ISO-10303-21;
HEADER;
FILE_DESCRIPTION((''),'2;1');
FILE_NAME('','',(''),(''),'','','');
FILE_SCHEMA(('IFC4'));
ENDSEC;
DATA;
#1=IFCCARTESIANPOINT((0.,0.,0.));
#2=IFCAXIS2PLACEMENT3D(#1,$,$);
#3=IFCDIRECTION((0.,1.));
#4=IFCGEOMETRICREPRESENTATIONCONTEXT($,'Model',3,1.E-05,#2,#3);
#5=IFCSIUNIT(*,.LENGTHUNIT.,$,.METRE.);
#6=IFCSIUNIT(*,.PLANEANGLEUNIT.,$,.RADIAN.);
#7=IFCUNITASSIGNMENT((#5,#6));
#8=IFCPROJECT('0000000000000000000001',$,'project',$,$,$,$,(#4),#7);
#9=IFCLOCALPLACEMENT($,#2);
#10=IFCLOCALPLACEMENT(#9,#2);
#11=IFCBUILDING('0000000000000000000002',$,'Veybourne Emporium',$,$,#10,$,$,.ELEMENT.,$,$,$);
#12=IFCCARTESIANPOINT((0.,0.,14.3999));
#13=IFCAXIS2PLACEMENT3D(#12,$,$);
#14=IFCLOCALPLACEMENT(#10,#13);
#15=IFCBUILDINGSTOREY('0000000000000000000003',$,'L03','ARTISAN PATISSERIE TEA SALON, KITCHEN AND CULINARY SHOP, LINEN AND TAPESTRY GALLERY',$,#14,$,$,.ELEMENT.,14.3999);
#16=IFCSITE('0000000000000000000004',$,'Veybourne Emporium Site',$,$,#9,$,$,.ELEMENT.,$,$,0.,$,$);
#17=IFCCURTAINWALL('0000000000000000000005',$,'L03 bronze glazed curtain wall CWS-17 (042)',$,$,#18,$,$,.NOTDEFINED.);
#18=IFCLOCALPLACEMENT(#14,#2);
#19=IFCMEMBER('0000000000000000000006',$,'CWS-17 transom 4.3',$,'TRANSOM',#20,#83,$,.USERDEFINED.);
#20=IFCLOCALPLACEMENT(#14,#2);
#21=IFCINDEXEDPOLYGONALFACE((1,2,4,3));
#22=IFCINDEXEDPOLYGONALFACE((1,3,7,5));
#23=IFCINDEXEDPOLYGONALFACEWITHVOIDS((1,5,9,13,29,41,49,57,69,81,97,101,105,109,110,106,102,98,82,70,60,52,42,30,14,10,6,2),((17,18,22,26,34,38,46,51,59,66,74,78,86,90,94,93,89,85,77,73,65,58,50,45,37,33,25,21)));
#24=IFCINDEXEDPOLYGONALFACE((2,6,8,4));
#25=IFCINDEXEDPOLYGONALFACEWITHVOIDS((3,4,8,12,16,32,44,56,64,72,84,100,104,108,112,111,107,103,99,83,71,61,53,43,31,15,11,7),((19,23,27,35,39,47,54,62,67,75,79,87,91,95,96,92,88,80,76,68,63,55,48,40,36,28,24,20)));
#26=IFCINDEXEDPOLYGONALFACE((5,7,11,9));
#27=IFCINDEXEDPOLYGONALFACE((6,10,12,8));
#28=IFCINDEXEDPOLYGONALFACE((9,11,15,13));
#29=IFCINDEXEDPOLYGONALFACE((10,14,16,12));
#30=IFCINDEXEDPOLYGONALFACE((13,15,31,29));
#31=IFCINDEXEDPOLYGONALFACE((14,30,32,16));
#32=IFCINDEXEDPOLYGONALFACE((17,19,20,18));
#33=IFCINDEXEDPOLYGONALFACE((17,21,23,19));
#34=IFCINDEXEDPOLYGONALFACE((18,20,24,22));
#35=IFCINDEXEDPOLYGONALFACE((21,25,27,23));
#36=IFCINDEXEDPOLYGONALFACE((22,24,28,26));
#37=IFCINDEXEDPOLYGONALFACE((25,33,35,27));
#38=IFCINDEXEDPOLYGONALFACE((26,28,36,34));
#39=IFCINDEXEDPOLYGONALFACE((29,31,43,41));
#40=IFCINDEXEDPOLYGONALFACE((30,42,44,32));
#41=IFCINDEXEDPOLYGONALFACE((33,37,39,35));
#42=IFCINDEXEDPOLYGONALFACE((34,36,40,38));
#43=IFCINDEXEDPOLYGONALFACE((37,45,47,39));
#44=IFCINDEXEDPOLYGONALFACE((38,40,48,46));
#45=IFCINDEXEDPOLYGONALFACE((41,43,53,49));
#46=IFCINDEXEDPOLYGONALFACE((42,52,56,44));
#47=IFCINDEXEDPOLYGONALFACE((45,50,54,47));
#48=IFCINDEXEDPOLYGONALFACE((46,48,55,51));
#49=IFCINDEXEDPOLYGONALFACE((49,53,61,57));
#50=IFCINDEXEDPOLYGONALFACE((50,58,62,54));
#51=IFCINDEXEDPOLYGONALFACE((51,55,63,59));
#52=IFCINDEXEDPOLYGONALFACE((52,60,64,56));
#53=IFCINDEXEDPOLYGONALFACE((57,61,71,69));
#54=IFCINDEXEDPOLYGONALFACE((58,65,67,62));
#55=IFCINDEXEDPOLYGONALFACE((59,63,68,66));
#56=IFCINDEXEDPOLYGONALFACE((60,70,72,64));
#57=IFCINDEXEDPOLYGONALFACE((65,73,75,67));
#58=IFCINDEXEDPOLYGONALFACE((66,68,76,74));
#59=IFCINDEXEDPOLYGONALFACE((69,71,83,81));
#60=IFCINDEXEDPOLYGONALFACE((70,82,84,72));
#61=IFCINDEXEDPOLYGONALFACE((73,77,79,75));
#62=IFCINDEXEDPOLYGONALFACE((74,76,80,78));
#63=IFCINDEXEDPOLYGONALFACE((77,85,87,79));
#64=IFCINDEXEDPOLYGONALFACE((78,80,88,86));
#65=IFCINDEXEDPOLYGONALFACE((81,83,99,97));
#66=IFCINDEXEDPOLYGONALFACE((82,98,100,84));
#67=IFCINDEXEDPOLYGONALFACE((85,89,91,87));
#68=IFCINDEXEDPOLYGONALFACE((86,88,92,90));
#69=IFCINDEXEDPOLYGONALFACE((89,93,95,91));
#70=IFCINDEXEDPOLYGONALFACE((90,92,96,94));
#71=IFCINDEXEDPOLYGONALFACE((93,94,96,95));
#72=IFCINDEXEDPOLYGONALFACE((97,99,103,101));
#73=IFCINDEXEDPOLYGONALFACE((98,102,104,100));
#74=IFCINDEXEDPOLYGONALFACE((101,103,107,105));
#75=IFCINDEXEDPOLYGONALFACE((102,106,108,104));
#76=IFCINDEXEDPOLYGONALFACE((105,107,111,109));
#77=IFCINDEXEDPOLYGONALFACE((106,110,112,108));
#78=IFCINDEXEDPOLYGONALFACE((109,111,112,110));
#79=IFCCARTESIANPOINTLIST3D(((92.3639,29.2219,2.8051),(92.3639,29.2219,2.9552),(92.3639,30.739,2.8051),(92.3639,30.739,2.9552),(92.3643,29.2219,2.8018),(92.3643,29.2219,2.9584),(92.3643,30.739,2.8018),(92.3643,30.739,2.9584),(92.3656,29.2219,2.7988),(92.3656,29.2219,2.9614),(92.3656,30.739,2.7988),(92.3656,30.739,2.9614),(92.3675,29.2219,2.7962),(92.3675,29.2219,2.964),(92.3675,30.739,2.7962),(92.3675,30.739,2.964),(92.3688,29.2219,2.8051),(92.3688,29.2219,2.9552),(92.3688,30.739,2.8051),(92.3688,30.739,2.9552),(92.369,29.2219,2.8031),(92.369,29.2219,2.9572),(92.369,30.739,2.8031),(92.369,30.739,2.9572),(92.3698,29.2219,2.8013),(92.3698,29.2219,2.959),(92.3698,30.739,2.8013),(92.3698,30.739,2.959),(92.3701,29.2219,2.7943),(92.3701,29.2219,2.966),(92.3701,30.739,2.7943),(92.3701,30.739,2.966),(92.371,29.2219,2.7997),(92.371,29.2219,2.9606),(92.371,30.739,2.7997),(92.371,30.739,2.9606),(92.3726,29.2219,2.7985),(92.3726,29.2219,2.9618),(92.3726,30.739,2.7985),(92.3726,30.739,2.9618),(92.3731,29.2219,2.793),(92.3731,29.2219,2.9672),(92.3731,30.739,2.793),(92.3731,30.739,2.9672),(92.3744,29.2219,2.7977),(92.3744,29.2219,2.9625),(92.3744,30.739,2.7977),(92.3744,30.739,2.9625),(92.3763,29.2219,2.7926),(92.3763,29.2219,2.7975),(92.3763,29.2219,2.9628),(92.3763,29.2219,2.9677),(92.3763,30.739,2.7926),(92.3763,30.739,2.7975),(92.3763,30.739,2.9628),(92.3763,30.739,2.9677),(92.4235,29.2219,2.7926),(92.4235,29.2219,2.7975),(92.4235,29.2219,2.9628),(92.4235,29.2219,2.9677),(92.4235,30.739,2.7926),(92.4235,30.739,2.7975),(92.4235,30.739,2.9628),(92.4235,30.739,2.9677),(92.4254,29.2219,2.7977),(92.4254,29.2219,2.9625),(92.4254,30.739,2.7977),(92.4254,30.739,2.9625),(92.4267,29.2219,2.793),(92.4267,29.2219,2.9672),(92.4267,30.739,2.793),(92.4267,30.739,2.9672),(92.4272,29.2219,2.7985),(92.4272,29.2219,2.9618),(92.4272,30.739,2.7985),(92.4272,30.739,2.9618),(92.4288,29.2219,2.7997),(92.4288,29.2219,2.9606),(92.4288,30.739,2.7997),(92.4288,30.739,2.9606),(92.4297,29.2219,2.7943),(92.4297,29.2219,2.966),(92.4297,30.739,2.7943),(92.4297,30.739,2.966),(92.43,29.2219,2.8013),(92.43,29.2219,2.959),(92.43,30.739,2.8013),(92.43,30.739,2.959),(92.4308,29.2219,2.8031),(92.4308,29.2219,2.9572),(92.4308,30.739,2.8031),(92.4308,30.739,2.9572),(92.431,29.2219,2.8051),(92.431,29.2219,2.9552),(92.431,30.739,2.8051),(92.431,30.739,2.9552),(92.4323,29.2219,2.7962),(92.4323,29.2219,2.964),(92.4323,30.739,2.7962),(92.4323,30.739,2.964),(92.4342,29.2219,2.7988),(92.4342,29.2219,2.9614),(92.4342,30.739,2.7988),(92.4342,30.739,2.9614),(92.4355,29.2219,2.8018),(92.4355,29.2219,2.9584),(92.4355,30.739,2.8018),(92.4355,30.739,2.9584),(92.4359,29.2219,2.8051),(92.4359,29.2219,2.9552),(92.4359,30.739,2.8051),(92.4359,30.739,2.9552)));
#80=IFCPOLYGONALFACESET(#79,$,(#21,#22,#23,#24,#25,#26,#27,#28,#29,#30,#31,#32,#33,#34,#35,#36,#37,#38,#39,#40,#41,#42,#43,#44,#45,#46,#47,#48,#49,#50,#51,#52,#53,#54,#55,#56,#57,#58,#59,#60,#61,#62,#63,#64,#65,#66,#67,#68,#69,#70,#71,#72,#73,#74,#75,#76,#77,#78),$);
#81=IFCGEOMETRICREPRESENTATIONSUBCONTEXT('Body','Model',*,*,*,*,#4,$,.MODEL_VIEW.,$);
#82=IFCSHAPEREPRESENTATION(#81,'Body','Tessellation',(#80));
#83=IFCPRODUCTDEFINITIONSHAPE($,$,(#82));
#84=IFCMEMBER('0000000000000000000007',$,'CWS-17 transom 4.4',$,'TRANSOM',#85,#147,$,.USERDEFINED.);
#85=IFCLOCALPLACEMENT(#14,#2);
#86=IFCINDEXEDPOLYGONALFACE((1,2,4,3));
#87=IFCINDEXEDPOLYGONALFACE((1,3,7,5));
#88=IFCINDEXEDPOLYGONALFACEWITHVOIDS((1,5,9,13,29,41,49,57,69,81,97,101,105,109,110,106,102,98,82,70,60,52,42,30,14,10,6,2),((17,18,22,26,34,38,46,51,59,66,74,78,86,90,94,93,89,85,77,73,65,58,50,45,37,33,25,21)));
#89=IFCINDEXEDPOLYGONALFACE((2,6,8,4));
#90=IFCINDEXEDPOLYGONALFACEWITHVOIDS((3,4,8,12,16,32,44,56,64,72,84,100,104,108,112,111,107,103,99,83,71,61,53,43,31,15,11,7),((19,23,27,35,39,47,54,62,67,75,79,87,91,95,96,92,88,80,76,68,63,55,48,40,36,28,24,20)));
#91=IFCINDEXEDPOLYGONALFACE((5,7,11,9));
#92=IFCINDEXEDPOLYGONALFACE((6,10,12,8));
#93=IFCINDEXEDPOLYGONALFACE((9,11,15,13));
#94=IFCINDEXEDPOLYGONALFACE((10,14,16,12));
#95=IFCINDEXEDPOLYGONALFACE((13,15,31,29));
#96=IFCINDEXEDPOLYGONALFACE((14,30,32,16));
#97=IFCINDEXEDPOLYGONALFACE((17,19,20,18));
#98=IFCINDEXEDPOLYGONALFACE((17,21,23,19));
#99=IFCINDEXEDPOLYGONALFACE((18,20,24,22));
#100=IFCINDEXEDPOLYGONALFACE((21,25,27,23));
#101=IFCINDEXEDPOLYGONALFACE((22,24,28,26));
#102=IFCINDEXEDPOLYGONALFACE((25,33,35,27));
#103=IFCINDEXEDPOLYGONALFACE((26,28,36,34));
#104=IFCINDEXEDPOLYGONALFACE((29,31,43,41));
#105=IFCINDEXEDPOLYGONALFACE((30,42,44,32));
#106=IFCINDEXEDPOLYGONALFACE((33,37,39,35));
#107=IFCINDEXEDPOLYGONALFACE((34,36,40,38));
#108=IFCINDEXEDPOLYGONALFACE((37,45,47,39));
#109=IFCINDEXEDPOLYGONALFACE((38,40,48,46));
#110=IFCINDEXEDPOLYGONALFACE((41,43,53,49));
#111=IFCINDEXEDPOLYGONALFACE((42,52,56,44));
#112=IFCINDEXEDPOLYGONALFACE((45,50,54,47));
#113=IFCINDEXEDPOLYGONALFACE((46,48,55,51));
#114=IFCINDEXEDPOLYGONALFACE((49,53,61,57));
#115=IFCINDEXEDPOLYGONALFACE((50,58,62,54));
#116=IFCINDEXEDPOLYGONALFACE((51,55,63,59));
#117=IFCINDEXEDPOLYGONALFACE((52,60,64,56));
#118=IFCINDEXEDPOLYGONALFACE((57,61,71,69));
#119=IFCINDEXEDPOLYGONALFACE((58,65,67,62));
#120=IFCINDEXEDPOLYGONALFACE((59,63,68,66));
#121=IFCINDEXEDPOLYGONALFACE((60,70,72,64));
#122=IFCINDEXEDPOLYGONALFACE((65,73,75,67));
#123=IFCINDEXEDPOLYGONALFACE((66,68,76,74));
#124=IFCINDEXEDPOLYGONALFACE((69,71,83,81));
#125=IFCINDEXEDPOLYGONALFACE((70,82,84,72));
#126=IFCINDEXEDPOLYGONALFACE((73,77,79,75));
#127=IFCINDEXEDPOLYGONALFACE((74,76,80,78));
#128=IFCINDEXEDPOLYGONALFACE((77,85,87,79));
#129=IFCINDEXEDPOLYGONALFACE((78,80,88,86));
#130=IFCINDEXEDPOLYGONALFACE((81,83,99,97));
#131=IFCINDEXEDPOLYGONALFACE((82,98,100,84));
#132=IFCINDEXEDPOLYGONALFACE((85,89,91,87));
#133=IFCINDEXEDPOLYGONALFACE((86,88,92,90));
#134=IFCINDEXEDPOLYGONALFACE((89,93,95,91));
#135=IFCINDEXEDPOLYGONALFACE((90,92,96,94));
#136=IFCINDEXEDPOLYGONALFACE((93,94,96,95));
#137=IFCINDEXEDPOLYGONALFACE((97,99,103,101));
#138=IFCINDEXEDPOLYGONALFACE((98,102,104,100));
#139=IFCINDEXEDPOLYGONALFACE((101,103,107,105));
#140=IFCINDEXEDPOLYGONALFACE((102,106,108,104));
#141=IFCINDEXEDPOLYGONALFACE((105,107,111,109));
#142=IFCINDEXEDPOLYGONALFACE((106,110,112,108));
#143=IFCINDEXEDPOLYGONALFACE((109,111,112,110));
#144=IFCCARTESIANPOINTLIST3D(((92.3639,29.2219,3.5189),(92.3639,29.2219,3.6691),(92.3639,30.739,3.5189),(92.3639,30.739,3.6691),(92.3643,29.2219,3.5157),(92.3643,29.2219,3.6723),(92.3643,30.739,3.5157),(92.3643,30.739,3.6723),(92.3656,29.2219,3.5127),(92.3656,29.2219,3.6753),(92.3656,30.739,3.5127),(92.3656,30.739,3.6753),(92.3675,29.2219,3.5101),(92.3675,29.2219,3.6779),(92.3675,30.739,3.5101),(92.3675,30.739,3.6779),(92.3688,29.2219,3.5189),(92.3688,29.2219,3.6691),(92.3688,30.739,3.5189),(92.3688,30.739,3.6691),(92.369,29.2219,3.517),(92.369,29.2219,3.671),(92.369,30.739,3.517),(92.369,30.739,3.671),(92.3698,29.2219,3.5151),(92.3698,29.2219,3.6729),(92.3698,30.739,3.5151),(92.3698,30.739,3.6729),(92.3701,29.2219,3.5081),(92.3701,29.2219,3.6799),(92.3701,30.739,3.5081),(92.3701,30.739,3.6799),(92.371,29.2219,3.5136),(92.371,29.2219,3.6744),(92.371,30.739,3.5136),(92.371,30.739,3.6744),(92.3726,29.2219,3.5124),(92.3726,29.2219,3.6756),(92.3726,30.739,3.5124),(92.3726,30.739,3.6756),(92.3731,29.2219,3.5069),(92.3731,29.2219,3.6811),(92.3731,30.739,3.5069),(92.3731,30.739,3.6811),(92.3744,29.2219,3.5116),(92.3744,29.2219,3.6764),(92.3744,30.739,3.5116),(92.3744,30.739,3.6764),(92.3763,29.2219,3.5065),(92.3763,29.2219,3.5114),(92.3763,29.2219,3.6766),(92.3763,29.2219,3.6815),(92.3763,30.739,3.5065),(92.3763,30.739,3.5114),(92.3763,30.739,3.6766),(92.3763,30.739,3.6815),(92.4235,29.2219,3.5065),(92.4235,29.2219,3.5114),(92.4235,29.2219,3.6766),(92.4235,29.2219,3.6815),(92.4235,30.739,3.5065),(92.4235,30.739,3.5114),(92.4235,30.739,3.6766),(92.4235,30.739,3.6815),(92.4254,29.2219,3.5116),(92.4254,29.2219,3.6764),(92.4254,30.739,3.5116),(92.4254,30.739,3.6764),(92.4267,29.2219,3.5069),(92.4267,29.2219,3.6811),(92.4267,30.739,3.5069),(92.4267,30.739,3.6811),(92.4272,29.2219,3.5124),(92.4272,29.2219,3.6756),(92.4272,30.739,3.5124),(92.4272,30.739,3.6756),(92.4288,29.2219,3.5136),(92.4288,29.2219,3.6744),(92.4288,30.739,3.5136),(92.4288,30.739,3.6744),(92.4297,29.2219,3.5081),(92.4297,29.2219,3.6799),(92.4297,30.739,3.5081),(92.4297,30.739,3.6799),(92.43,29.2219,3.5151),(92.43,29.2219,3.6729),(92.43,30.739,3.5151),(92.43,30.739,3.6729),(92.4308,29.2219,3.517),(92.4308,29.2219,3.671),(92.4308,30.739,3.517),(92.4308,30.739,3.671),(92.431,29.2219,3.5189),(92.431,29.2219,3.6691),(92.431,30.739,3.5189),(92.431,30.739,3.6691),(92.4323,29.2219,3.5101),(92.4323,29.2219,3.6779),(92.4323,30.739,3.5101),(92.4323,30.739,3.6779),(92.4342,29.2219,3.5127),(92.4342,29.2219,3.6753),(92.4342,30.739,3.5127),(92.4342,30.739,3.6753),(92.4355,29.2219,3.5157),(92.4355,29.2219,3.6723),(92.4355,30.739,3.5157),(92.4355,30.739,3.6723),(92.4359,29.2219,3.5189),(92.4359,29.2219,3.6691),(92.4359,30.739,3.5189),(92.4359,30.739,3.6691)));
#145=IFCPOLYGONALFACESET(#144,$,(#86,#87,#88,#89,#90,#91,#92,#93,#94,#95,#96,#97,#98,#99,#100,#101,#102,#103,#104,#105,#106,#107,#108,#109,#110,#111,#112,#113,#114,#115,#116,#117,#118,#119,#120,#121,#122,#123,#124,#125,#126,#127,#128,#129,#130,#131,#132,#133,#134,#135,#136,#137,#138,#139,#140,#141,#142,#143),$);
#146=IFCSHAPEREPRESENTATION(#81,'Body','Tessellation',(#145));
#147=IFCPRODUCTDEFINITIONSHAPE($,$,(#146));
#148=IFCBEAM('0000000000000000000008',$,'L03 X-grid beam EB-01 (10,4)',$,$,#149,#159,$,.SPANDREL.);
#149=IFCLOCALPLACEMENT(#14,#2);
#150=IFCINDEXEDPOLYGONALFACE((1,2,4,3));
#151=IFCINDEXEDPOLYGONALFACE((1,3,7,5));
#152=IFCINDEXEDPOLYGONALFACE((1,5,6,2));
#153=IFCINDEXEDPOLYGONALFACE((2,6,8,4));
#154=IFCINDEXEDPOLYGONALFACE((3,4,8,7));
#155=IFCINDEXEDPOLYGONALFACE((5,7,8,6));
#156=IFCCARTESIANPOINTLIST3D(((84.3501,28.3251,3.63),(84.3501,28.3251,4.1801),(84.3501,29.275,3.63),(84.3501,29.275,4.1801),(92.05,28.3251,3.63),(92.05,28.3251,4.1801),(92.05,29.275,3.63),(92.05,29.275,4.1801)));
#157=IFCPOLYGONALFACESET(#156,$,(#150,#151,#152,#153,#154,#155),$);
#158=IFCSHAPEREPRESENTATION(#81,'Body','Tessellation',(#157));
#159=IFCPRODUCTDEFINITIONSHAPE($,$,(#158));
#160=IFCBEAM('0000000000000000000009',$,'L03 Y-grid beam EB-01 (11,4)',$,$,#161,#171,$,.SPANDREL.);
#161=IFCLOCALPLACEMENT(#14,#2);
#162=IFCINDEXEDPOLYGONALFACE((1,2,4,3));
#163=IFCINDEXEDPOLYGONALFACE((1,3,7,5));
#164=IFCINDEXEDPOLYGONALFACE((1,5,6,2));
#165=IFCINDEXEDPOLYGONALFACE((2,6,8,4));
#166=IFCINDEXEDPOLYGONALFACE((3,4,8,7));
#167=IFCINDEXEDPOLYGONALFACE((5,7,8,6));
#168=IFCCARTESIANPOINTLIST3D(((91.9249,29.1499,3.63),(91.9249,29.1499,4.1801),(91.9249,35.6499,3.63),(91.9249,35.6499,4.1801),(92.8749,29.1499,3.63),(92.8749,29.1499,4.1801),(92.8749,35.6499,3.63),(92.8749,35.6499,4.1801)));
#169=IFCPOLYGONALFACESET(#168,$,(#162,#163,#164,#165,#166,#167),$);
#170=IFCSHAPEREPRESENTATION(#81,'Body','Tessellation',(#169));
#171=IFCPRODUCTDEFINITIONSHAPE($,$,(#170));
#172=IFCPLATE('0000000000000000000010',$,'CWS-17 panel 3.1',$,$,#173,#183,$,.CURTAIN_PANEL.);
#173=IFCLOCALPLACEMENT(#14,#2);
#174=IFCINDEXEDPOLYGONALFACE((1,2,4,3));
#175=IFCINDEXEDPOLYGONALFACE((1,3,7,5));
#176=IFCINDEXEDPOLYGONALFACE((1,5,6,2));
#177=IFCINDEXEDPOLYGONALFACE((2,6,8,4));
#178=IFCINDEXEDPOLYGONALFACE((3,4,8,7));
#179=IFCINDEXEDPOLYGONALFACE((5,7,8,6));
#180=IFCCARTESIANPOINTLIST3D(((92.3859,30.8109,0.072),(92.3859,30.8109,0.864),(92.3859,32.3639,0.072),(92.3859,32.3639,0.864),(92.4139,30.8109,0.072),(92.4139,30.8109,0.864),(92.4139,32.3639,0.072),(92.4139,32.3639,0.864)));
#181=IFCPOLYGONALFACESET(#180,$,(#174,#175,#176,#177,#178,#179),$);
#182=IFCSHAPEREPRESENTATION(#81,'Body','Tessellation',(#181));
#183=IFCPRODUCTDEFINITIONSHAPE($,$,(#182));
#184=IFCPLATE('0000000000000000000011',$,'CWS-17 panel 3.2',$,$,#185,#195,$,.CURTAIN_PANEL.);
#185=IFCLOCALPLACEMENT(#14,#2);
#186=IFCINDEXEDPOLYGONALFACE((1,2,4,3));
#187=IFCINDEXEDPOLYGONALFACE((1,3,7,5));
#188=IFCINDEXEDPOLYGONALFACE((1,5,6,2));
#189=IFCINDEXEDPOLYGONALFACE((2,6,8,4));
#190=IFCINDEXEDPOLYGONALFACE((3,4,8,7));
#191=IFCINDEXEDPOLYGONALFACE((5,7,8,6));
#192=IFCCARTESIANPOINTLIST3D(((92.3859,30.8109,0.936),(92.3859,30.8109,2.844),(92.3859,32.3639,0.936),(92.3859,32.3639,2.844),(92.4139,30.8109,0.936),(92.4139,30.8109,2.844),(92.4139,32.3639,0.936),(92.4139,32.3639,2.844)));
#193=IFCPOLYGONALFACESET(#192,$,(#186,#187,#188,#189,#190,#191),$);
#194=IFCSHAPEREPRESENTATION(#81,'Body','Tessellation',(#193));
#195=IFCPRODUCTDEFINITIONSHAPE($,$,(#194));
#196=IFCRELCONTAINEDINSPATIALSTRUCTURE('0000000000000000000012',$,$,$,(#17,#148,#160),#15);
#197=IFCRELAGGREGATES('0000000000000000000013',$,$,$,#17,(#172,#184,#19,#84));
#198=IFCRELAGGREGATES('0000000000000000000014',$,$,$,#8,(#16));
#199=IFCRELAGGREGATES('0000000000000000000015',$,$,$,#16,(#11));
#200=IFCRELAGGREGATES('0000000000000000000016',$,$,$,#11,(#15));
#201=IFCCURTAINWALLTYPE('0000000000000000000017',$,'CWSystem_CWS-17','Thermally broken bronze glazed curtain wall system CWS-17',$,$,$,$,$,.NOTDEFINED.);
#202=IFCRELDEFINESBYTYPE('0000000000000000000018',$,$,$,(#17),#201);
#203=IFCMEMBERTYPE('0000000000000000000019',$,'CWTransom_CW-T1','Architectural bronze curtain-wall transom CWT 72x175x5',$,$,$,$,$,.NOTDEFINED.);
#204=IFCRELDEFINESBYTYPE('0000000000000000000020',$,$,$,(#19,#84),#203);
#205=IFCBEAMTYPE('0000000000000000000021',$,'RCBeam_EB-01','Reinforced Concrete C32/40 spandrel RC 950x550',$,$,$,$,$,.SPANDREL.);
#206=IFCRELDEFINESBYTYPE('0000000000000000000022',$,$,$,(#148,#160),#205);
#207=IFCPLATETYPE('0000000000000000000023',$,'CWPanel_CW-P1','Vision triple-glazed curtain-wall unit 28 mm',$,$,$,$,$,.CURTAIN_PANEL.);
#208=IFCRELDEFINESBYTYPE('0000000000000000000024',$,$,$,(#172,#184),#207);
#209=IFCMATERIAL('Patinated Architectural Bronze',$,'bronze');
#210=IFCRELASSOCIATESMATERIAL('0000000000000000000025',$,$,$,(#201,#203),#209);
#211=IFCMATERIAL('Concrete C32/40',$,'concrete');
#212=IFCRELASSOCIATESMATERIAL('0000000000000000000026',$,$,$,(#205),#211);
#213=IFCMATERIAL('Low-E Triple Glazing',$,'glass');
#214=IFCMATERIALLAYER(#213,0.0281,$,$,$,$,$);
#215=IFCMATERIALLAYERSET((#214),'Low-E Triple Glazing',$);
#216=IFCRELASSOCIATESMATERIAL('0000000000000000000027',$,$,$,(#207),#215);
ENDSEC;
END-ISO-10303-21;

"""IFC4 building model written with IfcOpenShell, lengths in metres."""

from ifc_helpers import new_model, si_unit, direction, frame, origin, origin_2d, place, context, subcontext, project, spatial, rectangle, hollow_rectangle, extrude, material, layer, layer_set, material_profile, profile_set, type_object, element, aggregate, save


model = new_model("IFC4")

# Units and contexts
model_context = context("Model", 3, precision=1e-05, world=origin(), true_north=direction((0.0, 1.0)))
body_context = subcontext(model_context, "Body", "Model", "MODEL_VIEW")
ifc_project = project(units=[si_unit("LENGTHUNIT", "METRE"), si_unit("PLANEANGLEUNIT", "RADIAN")], contexts=[model_context])

# Site, building, storey
site_placement = place(None, origin())
site = spatial("IfcSite", under=ifc_project, at=site_placement, Name="Veybourne Emporium Site", CompositionType="ELEMENT", RefElevation=0.0)
building_placement = place(site_placement, origin())
building = spatial("IfcBuilding", under=site, at=building_placement, Name="Veybourne Emporium", CompositionType="ELEMENT")
storey_placement = place(building_placement, frame((0.0, 0.0, 14.3999)))
storey = spatial("IfcBuildingStorey", under=building, at=storey_placement, Name="L03", Description="ARTISAN PATISSERIE TEA SALON, KITCHEN AND CULINARY SHOP, LINEN AND TAPESTRY GALLERY", CompositionType="ELEMENT", Elevation=14.3999)

# Curtain wall, members
ifc_material_1 = material(Name="Patinated Architectural Bronze", Category="bronze")
curtain_wall_type = type_object("IfcCurtainWallType", Name="CWSystem_CWS-17", Description="Thermally broken bronze glazed curtain wall system CWS-17", PredefinedType="NOTDEFINED", material=ifc_material_1)
curtain_wall_placement = place(storey_placement, origin())
curtain_wall = element("IfcCurtainWall", 1, at=curtain_wall_placement, inside=storey, type_object=curtain_wall_type, Name="L03 bronze glazed curtain wall CWS-17 (042)", PredefinedType="NOTDEFINED")
ifc_material_profile_1 = material_profile(ifc_material_1, hollow_rectangle(XDim=0.072, YDim=0.175, WallThickness=0.0049, InnerFilletRadius=0.0076, OuterFilletRadius=0.0125, at=origin_2d()), Name="CWT 72x175x5")
ifc_profile_set_1 = profile_set([ifc_material_profile_1], Name="Patinated Architectural Bronze")
member_type_1 = type_object("IfcMemberType", Name="CWTransom_CW-T1", Description="Architectural bronze curtain-wall transom CWT 72x175x5", PredefinedType="NOTDEFINED", material=ifc_profile_set_1)
member_1_placement = place(storey_placement, frame((92.3999, 30.739, 2.8801), z_axis=(0.0, -1.0, 0.0), x_axis=(1.0, 0.0, 0.0)))
member_1 = element("IfcMember", 2, at=member_1_placement, type_object=member_type_1, Name="CWS-17 transom 4.3", ObjectType="TRANSOM", PredefinedType="USERDEFINED", context=body_context, shape_type="SweptSolid", body=[
    extrude(hollow_rectangle(XDim=0.072, YDim=0.175, WallThickness=0.0049, InnerFilletRadius=0.0076, OuterFilletRadius=0.0125, at=origin_2d()), origin(), (0.0, 0.0, 1.0), 1.5171),
])
member_2_placement = place(storey_placement, frame((92.3999, 30.739, 3.594), z_axis=(0.0, -1.0, 0.0), x_axis=(1.0, 0.0, 0.0)))
member_2 = element("IfcMember", 3, at=member_2_placement, type_object=member_type_1, Name="CWS-17 transom 4.4", ObjectType="TRANSOM", PredefinedType="USERDEFINED", context=body_context, shape_type="SweptSolid", body=[
    extrude(hollow_rectangle(XDim=0.072, YDim=0.175, WallThickness=0.0049, InnerFilletRadius=0.0076, OuterFilletRadius=0.0125, at=origin_2d()), origin(), (0.0, 0.0, 1.0), 1.5171),
])

# Beams
ifc_material_2 = material(Name="Concrete C32/40", Category="concrete")
ifc_material_profile_2 = material_profile(ifc_material_2, rectangle(XDim=0.95, YDim=0.55, at=origin_2d()), Name="RC 950x550")
ifc_profile_set_2 = profile_set([ifc_material_profile_2], Name="Concrete C32/40")
beam_type = type_object("IfcBeamType", Name="RCBeam_EB-01", Description="Reinforced Concrete C32/40 spandrel RC 950x550", PredefinedType="SPANDREL", material=ifc_profile_set_2)
beam_1_placement = place(storey_placement, frame((84.3501, 28.8, 3.905), z_axis=(1.0, 0.0, 0.0), x_axis=(0.0, 1.0, 0.0)))
element("IfcBeam", 4, at=beam_1_placement, inside=storey, type_object=beam_type, Name="L03 X-grid beam EB-01 (10,4)", PredefinedType="SPANDREL", context=body_context, shape_type="SweptSolid", body=[
    extrude(rectangle(XDim=0.95, YDim=0.55, at=origin_2d()), origin(), (0.0, 0.0, 1.0), 7.7),
])
beam_2_placement = place(storey_placement, frame((92.3999, 29.1499, 3.905), z_axis=(0.0, 1.0, 0.0), x_axis=(-1.0, 0.0, 0.0)))
element("IfcBeam", 5, at=beam_2_placement, inside=storey, type_object=beam_type, Name="L03 Y-grid beam EB-01 (11,4)", PredefinedType="SPANDREL", context=body_context, shape_type="SweptSolid", body=[
    extrude(rectangle(XDim=0.95, YDim=0.55, at=origin_2d()), origin(), (0.0, 0.0, 1.0), 6.5),
])

# Plates
ifc_material_3 = material(Name="Low-E Triple Glazing", Category="glass")
ifc_layer_1 = layer(ifc_material_3, 0.0281)
ifc_layer_set_1 = layer_set([ifc_layer_1], Name="Low-E Triple Glazing")
plate_type = type_object("IfcPlateType", Name="CWPanel_CW-P1", Description="Vision triple-glazed curtain-wall unit 28 mm", PredefinedType="CURTAIN_PANEL", material=ifc_layer_set_1)
plate_1_placement = place(storey_placement, frame((92.3999, 31.5874, 0.072), z_axis=(0.0, 0.0, 1.0), x_axis=(0.0, -1.0, 0.0)))
plate_1 = element("IfcPlate", 6, at=plate_1_placement, type_object=plate_type, Name="CWS-17 panel 3.1", PredefinedType="CURTAIN_PANEL", context=body_context, shape_type="SweptSolid", body=[
    extrude(rectangle(XDim=1.553, YDim=0.0281, at=origin_2d()), origin(), (0.0, 0.0, 1.0), 0.792),
])
plate_2_placement = place(storey_placement, frame((92.3999, 31.5874, 0.936), z_axis=(0.0, 0.0, 1.0), x_axis=(0.0, -1.0, 0.0)))
plate_2 = element("IfcPlate", 7, at=plate_2_placement, type_object=plate_type, Name="CWS-17 panel 3.2", PredefinedType="CURTAIN_PANEL", context=body_context, shape_type="SweptSolid", body=[
    extrude(rectangle(XDim=1.553, YDim=0.0281, at=origin_2d()), origin(), (0.0, 0.0, 1.0), 1.908),
])
aggregate(curtain_wall, [plate_1, plate_2, member_1, member_2])

save(model, "model.ifc")
